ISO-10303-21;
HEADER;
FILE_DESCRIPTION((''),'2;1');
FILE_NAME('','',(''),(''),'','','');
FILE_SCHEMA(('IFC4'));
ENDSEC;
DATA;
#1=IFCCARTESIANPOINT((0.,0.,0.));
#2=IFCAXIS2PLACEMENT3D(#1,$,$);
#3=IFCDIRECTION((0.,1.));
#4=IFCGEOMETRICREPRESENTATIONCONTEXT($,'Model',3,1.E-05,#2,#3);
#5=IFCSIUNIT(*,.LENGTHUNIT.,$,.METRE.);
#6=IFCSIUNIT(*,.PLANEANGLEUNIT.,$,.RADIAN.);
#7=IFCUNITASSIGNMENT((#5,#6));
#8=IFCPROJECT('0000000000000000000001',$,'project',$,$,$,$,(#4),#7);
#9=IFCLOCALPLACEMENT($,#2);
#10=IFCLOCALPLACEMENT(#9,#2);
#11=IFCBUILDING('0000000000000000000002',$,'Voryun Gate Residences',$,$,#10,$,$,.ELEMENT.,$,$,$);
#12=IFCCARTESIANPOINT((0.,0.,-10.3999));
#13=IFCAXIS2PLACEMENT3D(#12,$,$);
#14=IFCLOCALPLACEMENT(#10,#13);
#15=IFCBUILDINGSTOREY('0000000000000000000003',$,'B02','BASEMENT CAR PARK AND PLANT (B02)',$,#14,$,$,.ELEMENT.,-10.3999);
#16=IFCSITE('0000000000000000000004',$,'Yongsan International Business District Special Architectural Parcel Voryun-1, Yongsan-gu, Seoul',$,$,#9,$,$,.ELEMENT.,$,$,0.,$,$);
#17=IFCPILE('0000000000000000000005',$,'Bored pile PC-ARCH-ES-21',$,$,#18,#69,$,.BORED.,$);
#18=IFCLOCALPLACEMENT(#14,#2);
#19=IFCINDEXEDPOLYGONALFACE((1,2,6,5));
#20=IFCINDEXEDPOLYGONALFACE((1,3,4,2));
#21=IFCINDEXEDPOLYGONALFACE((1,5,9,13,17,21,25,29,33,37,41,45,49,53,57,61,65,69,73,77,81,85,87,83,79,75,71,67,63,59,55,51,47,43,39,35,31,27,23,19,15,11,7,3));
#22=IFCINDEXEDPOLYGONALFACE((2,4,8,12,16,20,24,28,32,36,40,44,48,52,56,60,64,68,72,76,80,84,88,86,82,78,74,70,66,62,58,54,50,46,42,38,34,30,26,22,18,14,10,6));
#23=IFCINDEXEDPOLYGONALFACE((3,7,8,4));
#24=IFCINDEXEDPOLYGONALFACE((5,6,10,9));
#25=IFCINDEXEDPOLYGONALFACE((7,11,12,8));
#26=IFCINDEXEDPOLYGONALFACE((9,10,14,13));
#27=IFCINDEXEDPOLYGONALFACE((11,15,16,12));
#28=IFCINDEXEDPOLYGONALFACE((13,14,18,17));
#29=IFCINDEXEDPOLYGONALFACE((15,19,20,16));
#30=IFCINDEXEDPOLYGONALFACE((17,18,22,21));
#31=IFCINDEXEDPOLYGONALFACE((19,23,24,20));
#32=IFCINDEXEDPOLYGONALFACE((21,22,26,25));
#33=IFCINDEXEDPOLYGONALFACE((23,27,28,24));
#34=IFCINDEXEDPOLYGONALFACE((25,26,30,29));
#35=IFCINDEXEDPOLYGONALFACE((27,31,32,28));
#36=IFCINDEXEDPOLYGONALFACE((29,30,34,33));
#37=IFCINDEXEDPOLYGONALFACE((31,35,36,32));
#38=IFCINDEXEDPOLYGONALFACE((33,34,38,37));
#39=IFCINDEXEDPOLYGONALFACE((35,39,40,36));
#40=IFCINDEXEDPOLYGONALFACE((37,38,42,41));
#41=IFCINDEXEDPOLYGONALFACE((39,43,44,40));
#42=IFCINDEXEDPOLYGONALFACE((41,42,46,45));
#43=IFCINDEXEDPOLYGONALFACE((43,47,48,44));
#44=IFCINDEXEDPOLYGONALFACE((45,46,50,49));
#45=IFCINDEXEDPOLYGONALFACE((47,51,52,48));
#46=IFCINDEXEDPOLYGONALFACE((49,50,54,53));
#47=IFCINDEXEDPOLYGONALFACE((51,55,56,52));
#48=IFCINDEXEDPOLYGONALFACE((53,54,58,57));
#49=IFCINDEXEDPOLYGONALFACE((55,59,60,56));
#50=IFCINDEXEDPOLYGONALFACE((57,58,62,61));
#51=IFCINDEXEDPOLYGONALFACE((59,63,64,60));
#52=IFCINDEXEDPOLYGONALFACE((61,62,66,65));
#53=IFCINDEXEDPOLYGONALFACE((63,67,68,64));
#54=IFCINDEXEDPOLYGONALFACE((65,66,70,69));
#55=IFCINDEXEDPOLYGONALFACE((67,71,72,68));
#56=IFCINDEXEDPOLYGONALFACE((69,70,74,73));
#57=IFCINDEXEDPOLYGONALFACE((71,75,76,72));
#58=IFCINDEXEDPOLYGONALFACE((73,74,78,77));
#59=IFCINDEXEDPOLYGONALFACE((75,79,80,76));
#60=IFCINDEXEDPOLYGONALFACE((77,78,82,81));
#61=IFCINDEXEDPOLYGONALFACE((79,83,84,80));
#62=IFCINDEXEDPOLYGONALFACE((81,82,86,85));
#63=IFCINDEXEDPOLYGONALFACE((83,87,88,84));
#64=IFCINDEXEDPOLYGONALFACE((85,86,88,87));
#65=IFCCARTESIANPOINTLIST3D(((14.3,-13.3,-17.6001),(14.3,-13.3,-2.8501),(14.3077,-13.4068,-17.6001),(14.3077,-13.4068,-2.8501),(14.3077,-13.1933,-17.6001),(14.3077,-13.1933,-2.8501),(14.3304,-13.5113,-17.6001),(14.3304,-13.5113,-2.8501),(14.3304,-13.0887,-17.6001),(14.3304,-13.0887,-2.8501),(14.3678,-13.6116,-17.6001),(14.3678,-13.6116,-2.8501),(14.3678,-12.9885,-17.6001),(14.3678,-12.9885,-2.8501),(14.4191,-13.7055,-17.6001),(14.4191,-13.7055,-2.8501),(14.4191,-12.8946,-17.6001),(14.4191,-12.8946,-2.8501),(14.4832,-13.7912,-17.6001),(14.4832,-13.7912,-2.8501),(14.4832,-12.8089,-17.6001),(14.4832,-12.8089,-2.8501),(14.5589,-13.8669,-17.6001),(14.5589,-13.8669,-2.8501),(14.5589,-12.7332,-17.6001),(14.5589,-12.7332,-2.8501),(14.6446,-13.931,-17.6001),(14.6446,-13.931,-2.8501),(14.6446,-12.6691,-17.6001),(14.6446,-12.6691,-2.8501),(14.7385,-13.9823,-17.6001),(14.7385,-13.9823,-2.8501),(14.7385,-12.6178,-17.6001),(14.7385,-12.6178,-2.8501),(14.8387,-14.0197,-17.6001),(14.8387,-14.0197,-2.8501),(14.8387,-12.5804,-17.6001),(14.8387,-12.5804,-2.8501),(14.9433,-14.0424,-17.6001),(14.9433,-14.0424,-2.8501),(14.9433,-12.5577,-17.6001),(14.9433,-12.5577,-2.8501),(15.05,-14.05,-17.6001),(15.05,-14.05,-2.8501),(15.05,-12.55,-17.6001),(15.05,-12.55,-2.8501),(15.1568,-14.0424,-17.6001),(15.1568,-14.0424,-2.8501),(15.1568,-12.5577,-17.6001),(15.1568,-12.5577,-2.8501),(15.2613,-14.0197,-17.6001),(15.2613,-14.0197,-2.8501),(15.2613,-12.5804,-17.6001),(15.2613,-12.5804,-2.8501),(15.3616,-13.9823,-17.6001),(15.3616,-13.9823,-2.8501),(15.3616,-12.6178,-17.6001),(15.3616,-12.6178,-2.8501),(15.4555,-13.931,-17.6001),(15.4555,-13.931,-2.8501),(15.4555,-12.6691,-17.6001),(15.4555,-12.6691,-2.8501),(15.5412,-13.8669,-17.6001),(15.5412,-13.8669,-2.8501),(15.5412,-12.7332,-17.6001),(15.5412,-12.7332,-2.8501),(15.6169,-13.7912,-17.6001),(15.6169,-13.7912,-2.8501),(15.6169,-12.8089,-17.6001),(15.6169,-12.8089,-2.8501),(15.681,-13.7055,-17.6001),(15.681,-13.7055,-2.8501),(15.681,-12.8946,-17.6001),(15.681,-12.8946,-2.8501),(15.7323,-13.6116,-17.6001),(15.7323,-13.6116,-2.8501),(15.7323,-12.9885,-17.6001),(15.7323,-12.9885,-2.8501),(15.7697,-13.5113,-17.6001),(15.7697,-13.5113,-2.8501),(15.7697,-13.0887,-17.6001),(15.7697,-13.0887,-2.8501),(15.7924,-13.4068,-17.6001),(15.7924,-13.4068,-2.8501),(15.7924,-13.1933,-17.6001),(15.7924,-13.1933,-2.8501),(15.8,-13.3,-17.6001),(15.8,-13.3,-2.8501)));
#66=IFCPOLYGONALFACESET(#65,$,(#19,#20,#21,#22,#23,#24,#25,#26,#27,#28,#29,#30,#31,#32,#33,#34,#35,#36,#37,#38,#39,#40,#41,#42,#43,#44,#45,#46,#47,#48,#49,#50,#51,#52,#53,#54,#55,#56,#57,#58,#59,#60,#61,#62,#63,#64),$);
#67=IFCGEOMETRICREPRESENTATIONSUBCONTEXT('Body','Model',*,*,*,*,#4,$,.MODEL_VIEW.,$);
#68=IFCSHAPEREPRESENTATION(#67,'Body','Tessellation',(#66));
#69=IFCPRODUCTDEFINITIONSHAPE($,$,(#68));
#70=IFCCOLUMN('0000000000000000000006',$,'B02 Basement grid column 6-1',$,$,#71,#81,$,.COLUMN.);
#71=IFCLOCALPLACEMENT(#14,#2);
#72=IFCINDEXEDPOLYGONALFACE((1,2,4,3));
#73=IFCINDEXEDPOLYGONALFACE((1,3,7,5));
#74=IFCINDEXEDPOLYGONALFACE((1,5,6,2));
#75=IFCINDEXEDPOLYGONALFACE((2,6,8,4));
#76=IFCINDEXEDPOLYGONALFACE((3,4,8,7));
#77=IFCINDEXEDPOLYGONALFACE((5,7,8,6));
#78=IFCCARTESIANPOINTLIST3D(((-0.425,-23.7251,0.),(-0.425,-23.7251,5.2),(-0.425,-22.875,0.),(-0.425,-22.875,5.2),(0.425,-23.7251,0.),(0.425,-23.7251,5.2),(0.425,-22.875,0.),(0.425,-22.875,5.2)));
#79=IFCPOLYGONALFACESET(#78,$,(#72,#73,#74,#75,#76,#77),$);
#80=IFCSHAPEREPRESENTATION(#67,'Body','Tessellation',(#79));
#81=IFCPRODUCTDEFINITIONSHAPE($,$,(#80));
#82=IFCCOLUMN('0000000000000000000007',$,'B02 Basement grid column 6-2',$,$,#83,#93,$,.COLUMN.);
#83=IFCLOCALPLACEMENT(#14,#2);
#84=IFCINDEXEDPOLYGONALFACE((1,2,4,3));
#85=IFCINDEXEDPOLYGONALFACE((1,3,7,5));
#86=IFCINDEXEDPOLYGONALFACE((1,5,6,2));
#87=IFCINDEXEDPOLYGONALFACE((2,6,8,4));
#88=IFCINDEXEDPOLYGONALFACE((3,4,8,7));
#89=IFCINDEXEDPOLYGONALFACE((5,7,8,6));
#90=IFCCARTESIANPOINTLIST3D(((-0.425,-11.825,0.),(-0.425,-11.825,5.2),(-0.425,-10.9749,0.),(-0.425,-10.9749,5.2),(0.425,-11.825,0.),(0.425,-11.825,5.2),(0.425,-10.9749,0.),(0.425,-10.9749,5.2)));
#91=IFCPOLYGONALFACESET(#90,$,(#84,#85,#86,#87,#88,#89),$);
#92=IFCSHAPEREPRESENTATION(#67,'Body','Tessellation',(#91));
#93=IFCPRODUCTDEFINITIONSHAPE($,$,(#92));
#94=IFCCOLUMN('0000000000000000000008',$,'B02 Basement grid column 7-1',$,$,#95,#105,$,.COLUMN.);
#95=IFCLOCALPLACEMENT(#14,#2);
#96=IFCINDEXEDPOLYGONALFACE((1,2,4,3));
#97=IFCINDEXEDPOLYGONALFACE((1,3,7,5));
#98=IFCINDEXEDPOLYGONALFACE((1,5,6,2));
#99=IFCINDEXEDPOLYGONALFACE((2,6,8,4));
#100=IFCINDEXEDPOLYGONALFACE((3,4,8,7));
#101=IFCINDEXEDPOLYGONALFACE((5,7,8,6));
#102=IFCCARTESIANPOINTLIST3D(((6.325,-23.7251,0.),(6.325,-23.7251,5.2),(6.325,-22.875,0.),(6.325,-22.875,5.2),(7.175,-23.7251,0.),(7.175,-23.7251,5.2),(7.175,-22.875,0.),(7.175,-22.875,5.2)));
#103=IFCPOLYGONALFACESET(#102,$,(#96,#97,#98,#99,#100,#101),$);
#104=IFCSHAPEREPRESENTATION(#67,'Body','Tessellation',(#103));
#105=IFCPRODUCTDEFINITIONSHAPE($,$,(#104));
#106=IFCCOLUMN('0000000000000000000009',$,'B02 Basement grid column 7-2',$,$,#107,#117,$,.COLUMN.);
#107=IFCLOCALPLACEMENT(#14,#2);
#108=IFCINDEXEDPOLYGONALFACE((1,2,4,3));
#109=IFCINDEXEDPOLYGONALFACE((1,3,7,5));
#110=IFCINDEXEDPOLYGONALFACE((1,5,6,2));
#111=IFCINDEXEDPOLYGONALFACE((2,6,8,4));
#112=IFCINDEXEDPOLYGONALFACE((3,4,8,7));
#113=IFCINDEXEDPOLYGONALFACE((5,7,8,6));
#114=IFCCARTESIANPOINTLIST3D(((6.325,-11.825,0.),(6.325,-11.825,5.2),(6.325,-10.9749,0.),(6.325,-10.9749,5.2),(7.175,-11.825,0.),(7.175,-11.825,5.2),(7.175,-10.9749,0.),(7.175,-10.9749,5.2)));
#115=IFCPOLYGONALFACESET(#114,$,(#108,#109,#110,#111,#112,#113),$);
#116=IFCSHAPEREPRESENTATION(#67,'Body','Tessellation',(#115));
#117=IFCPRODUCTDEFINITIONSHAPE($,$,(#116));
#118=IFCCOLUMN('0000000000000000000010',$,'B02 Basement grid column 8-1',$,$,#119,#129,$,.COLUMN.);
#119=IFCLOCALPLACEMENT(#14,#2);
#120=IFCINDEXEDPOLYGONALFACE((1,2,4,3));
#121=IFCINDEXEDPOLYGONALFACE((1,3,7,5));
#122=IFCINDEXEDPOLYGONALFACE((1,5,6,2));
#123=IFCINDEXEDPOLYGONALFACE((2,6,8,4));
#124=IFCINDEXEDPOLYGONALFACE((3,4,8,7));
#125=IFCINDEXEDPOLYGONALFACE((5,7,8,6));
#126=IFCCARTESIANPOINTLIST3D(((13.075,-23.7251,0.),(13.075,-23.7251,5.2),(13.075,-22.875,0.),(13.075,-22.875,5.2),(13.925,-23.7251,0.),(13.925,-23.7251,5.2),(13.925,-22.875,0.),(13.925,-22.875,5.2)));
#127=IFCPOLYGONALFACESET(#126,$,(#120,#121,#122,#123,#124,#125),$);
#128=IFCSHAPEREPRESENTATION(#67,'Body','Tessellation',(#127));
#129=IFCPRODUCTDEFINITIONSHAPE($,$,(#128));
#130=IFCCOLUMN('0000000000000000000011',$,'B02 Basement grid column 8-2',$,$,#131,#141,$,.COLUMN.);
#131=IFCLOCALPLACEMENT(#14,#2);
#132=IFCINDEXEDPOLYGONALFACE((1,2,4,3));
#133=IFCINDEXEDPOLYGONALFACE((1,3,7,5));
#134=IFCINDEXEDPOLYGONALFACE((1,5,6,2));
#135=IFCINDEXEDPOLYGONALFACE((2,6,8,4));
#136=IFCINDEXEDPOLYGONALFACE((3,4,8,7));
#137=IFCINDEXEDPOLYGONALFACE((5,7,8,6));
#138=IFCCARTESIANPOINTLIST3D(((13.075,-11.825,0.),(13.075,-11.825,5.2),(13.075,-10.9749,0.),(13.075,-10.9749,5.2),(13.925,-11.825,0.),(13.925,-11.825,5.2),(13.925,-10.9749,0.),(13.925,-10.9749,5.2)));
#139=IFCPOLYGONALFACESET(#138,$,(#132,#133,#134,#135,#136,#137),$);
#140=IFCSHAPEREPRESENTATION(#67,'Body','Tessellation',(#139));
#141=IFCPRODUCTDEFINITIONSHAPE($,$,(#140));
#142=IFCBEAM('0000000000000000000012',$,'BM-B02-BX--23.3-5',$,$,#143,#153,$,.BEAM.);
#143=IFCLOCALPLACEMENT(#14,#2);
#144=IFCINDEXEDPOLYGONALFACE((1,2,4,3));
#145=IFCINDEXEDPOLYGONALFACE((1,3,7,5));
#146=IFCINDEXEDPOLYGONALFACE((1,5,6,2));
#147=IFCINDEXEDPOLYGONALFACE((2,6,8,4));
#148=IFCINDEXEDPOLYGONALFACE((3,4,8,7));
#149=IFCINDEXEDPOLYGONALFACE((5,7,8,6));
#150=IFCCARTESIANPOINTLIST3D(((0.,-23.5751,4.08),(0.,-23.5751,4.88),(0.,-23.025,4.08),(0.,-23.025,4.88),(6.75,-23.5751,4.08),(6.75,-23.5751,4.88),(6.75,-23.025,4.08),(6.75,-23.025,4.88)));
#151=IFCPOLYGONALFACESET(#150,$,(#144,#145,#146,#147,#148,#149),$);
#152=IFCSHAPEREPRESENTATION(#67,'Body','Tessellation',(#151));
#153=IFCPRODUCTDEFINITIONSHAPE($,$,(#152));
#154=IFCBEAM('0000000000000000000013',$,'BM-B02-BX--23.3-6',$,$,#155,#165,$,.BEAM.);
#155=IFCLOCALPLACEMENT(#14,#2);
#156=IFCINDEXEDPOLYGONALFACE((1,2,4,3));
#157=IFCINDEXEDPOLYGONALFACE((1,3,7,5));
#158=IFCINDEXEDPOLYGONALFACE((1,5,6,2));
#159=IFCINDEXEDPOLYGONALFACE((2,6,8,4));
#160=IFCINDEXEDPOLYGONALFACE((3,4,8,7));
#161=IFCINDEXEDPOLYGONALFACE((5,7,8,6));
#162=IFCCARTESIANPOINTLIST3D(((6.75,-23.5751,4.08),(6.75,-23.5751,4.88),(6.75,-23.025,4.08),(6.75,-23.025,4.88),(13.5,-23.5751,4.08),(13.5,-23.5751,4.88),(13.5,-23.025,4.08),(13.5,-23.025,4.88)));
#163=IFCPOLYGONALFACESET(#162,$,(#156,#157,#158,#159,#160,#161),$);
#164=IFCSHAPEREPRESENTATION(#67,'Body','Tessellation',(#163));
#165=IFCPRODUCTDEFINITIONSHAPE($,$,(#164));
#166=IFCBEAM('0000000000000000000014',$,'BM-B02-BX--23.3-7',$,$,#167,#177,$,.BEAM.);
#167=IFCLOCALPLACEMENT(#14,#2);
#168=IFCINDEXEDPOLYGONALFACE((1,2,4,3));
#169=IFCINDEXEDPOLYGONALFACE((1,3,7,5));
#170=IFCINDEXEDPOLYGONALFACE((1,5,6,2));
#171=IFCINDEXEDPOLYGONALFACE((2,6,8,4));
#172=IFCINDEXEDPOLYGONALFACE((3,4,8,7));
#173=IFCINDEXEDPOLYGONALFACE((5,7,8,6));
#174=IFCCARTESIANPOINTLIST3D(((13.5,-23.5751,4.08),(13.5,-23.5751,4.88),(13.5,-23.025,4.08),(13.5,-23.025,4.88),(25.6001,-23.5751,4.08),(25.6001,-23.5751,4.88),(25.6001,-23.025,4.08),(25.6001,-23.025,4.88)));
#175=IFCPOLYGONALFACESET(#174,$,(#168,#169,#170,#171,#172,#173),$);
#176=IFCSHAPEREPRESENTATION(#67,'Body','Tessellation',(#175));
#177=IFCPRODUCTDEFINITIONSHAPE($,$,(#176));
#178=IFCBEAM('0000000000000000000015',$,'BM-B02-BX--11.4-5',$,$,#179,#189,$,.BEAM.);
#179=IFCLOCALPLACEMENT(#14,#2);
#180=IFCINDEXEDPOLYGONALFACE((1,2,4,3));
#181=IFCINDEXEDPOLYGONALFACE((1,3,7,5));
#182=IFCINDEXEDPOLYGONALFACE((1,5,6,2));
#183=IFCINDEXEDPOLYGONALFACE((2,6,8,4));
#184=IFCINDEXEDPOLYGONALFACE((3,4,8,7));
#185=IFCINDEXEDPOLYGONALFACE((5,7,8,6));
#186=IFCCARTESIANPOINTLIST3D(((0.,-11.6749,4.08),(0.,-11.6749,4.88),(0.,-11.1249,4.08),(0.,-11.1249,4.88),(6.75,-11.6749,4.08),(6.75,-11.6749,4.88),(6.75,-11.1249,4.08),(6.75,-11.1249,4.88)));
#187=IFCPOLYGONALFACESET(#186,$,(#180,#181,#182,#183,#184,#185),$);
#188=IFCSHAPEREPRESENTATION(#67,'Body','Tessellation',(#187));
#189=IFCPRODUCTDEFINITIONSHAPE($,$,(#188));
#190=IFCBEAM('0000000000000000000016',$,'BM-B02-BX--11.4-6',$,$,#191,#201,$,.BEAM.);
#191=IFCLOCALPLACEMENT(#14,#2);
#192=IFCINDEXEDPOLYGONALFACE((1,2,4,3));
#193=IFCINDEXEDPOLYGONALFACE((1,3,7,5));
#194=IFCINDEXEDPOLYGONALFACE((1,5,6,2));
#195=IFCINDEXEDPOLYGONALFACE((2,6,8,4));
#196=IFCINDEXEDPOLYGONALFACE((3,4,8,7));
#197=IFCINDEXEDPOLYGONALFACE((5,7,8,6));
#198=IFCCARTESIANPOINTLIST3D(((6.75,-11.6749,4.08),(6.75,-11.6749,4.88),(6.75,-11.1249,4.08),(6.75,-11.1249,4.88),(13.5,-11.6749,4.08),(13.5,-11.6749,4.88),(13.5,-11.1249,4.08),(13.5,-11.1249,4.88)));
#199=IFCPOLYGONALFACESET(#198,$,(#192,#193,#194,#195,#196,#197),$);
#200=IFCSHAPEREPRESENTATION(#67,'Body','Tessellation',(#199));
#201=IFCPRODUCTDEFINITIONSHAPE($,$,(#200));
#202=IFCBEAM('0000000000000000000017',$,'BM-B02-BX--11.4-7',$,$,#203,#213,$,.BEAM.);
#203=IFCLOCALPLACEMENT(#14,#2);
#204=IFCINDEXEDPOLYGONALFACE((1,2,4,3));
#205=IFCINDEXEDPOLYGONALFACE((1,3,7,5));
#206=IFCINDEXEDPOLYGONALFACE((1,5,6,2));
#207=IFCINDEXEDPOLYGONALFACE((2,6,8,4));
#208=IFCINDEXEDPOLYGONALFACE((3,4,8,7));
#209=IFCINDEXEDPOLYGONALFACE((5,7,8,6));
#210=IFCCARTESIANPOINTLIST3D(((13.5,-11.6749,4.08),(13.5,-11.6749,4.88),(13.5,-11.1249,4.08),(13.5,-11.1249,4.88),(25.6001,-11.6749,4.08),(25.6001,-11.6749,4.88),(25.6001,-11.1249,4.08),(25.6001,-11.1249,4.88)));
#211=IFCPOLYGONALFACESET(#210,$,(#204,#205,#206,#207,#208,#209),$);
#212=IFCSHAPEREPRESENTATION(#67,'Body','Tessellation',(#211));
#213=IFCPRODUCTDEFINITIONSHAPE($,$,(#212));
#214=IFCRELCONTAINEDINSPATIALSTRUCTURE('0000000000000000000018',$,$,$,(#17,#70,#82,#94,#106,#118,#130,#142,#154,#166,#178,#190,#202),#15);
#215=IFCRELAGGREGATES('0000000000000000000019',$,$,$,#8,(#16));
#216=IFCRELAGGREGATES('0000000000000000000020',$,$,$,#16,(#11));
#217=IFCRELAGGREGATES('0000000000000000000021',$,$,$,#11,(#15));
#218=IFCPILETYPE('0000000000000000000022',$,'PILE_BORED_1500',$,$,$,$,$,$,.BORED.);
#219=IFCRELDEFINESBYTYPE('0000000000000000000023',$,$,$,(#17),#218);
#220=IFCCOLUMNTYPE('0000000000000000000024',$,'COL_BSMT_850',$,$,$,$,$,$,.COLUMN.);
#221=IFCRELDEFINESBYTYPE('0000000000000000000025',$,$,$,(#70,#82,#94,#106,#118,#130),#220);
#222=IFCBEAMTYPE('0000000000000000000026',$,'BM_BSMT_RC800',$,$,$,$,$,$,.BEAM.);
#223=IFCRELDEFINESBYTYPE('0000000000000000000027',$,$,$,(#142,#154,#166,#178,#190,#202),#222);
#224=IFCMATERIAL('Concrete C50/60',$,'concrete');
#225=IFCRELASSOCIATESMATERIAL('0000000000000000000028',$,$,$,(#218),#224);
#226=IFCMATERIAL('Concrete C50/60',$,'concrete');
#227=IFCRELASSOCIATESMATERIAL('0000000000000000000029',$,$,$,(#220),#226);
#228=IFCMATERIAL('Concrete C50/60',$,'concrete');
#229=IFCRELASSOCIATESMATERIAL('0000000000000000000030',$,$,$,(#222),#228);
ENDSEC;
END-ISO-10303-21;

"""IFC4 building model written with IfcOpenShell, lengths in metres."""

from ifc_helpers import new_model, si_unit, direction, frame, origin, origin_2d, place, context, subcontext, project, spatial, rectangle, circle, extrude, material, material_profile, profile_set, type_object, element, save


model = new_model("IFC4")

# Units and contexts
model_context = context("Model", 3, precision=1e-05, world=origin(), true_north=direction((0.0, 1.0)))
body_context = subcontext(model_context, "Body", "Model", "MODEL_VIEW")
ifc_project = project(units=[si_unit("LENGTHUNIT", "METRE"), si_unit("PLANEANGLEUNIT", "RADIAN")], contexts=[model_context])

# Site, building, storey
site_placement = place(None, origin())
site = spatial("IfcSite", under=ifc_project, at=site_placement, Name="Yongsan International Business District Special Architectural Parcel Voryun-1, Yongsan-gu, Seoul", CompositionType="ELEMENT", RefElevation=0.0)
building_placement = place(site_placement, origin())
building = spatial("IfcBuilding", under=site, at=building_placement, Name="Voryun Gate Residences", CompositionType="ELEMENT")
storey_placement = place(building_placement, frame((0.0, 0.0, -10.3999)))
storey = spatial("IfcBuildingStorey", under=building, at=storey_placement, Name="B02", Description="BASEMENT CAR PARK AND PLANT (B02)", CompositionType="ELEMENT", Elevation=-10.3999)

# Pile
ifc_material_1 = material(Name="Concrete C50/60", Category="concrete")
ifc_material_profile_1 = material_profile(ifc_material_1, circle(Radius=0.75, at=origin_2d()), Name="PILE-D1500")
ifc_profile_set_1 = profile_set([ifc_material_profile_1], Name="Concrete C50/60")
pile_type_1 = type_object("IfcPileType", Name="PILE_BORED_1500", PredefinedType="BORED", material=ifc_profile_set_1)
for number, where, z_axis, x_axis, name in (
    (1, (15.05, -13.3, -2.8501), (0.0, 0.0, -1.0), (1.0, 0.0, 0.0), "Bored pile PC-ARCH-ES-21"),
):
    element("IfcPile", number, at=place(storey_placement, frame(where, z_axis=z_axis, x_axis=x_axis)), inside=storey, type_object=pile_type_1, Name=name, PredefinedType="BORED", context=body_context, shape_type="SweptSolid", body=[
        extrude(circle(Radius=0.75, at=origin_2d()), origin(), (0.0, 0.0, 1.0), 14.75),
    ])

# Columns
ifc_material_2 = material(Name="Concrete C50/60", Category="concrete")
ifc_material_profile_2 = material_profile(ifc_material_2, rectangle(XDim=0.8501, YDim=0.8501, at=origin_2d()), Name="RC-850x850")
ifc_profile_set_2 = profile_set([ifc_material_profile_2], Name="Concrete C50/60")
column_type = type_object("IfcColumnType", Name="COL_BSMT_850", PredefinedType="COLUMN", material=ifc_profile_set_2)
for number, where, z_axis, x_axis, name in (
    (2, (0.0, -23.3, 0.0), (0.0, 0.0, 1.0), (1.0, 0.0, 0.0), "B02 Basement grid column 6-1"),
    (3, (0.0, -11.3999, 0.0), (0.0, 0.0, 1.0), (1.0, 0.0, 0.0), "B02 Basement grid column 6-2"),
    (4, (6.75, -23.3, 0.0), (0.0, 0.0, 1.0), (1.0, 0.0, 0.0), "B02 Basement grid column 7-1"),
    (5, (6.75, -11.3999, 0.0), (0.0, 0.0, 1.0), (1.0, 0.0, 0.0), "B02 Basement grid column 7-2"),
    (6, (13.5, -23.3, 0.0), (0.0, 0.0, 1.0), (1.0, 0.0, 0.0), "B02 Basement grid column 8-1"),
    (7, (13.5, -11.3999, 0.0), (0.0, 0.0, 1.0), (1.0, 0.0, 0.0), "B02 Basement grid column 8-2"),
):
    element("IfcColumn", number, at=place(storey_placement, frame(where, z_axis=z_axis, x_axis=x_axis)), inside=storey, type_object=column_type, Name=name, PredefinedType="COLUMN", context=body_context, shape_type="SweptSolid", body=[
        extrude(rectangle(XDim=0.8501, YDim=0.8501, at=origin_2d()), origin(), (0.0, 0.0, 1.0), 5.2),
    ])

# Beams
ifc_material_3 = material(Name="Concrete C50/60", Category="concrete")
ifc_material_profile_3 = material_profile(ifc_material_3, rectangle(XDim=0.55, YDim=0.8, at=origin_2d()), Name="RC-550x800")
ifc_profile_set_3 = profile_set([ifc_material_profile_3], Name="Concrete C50/60")
beam_type_1 = type_object("IfcBeamType", Name="BM_BSMT_RC800", PredefinedType="BEAM", material=ifc_profile_set_3)
for number, where, z_axis, x_axis, name in (
    (8, (0.0, -23.3, 4.48), (1.0, 0.0, 0.0), (0.0, 1.0, 0.0), "BM-B02-BX--23.3-5"),
    (9, (6.75, -23.3, 4.48), (1.0, 0.0, 0.0), (0.0, 1.0, 0.0), "BM-B02-BX--23.3-6"),
):
    element("IfcBeam", number, at=place(storey_placement, frame(where, z_axis=z_axis, x_axis=x_axis)), inside=storey, type_object=beam_type_1, Name=name, PredefinedType="BEAM", context=body_context, shape_type="SweptSolid", body=[
        extrude(rectangle(XDim=0.55, YDim=0.8, at=origin_2d()), origin(), (0.0, 0.0, 1.0), 6.75),
    ])
beam_1_placement = place(storey_placement, frame((13.5, -23.3, 4.48), z_axis=(1.0, 0.0, 0.0), x_axis=(0.0, 1.0, 0.0)))
element("IfcBeam", 10, at=beam_1_placement, inside=storey, type_object=beam_type_1, Name="BM-B02-BX--23.3-7", PredefinedType="BEAM", context=body_context, shape_type="SweptSolid", body=[
    extrude(rectangle(XDim=0.55, YDim=0.8, at=origin_2d()), origin(), (0.0, 0.0, 1.0), 12.1001),
])
for number, where, z_axis, x_axis, name in (
    (11, (0.0, -11.3999, 4.48), (1.0, 0.0, 0.0), (0.0, 1.0, 0.0), "BM-B02-BX--11.4-5"),
    (12, (6.75, -11.3999, 4.48), (1.0, 0.0, 0.0), (0.0, 1.0, 0.0), "BM-B02-BX--11.4-6"),
):
    element("IfcBeam", number, at=place(storey_placement, frame(where, z_axis=z_axis, x_axis=x_axis)), inside=storey, type_object=beam_type_1, Name=name, PredefinedType="BEAM", context=body_context, shape_type="SweptSolid", body=[
        extrude(rectangle(XDim=0.55, YDim=0.8, at=origin_2d()), origin(), (0.0, 0.0, 1.0), 6.75),
    ])
beam_2_placement = place(storey_placement, frame((13.5, -11.3999, 4.48), z_axis=(1.0, 0.0, 0.0), x_axis=(0.0, 1.0, 0.0)))
element("IfcBeam", 13, at=beam_2_placement, inside=storey, type_object=beam_type_1, Name="BM-B02-BX--11.4-7", PredefinedType="BEAM", context=body_context, shape_type="SweptSolid", body=[
    extrude(rectangle(XDim=0.55, YDim=0.8, at=origin_2d()), origin(), (0.0, 0.0, 1.0), 12.1001),
])

save(model, "model.ifc")
